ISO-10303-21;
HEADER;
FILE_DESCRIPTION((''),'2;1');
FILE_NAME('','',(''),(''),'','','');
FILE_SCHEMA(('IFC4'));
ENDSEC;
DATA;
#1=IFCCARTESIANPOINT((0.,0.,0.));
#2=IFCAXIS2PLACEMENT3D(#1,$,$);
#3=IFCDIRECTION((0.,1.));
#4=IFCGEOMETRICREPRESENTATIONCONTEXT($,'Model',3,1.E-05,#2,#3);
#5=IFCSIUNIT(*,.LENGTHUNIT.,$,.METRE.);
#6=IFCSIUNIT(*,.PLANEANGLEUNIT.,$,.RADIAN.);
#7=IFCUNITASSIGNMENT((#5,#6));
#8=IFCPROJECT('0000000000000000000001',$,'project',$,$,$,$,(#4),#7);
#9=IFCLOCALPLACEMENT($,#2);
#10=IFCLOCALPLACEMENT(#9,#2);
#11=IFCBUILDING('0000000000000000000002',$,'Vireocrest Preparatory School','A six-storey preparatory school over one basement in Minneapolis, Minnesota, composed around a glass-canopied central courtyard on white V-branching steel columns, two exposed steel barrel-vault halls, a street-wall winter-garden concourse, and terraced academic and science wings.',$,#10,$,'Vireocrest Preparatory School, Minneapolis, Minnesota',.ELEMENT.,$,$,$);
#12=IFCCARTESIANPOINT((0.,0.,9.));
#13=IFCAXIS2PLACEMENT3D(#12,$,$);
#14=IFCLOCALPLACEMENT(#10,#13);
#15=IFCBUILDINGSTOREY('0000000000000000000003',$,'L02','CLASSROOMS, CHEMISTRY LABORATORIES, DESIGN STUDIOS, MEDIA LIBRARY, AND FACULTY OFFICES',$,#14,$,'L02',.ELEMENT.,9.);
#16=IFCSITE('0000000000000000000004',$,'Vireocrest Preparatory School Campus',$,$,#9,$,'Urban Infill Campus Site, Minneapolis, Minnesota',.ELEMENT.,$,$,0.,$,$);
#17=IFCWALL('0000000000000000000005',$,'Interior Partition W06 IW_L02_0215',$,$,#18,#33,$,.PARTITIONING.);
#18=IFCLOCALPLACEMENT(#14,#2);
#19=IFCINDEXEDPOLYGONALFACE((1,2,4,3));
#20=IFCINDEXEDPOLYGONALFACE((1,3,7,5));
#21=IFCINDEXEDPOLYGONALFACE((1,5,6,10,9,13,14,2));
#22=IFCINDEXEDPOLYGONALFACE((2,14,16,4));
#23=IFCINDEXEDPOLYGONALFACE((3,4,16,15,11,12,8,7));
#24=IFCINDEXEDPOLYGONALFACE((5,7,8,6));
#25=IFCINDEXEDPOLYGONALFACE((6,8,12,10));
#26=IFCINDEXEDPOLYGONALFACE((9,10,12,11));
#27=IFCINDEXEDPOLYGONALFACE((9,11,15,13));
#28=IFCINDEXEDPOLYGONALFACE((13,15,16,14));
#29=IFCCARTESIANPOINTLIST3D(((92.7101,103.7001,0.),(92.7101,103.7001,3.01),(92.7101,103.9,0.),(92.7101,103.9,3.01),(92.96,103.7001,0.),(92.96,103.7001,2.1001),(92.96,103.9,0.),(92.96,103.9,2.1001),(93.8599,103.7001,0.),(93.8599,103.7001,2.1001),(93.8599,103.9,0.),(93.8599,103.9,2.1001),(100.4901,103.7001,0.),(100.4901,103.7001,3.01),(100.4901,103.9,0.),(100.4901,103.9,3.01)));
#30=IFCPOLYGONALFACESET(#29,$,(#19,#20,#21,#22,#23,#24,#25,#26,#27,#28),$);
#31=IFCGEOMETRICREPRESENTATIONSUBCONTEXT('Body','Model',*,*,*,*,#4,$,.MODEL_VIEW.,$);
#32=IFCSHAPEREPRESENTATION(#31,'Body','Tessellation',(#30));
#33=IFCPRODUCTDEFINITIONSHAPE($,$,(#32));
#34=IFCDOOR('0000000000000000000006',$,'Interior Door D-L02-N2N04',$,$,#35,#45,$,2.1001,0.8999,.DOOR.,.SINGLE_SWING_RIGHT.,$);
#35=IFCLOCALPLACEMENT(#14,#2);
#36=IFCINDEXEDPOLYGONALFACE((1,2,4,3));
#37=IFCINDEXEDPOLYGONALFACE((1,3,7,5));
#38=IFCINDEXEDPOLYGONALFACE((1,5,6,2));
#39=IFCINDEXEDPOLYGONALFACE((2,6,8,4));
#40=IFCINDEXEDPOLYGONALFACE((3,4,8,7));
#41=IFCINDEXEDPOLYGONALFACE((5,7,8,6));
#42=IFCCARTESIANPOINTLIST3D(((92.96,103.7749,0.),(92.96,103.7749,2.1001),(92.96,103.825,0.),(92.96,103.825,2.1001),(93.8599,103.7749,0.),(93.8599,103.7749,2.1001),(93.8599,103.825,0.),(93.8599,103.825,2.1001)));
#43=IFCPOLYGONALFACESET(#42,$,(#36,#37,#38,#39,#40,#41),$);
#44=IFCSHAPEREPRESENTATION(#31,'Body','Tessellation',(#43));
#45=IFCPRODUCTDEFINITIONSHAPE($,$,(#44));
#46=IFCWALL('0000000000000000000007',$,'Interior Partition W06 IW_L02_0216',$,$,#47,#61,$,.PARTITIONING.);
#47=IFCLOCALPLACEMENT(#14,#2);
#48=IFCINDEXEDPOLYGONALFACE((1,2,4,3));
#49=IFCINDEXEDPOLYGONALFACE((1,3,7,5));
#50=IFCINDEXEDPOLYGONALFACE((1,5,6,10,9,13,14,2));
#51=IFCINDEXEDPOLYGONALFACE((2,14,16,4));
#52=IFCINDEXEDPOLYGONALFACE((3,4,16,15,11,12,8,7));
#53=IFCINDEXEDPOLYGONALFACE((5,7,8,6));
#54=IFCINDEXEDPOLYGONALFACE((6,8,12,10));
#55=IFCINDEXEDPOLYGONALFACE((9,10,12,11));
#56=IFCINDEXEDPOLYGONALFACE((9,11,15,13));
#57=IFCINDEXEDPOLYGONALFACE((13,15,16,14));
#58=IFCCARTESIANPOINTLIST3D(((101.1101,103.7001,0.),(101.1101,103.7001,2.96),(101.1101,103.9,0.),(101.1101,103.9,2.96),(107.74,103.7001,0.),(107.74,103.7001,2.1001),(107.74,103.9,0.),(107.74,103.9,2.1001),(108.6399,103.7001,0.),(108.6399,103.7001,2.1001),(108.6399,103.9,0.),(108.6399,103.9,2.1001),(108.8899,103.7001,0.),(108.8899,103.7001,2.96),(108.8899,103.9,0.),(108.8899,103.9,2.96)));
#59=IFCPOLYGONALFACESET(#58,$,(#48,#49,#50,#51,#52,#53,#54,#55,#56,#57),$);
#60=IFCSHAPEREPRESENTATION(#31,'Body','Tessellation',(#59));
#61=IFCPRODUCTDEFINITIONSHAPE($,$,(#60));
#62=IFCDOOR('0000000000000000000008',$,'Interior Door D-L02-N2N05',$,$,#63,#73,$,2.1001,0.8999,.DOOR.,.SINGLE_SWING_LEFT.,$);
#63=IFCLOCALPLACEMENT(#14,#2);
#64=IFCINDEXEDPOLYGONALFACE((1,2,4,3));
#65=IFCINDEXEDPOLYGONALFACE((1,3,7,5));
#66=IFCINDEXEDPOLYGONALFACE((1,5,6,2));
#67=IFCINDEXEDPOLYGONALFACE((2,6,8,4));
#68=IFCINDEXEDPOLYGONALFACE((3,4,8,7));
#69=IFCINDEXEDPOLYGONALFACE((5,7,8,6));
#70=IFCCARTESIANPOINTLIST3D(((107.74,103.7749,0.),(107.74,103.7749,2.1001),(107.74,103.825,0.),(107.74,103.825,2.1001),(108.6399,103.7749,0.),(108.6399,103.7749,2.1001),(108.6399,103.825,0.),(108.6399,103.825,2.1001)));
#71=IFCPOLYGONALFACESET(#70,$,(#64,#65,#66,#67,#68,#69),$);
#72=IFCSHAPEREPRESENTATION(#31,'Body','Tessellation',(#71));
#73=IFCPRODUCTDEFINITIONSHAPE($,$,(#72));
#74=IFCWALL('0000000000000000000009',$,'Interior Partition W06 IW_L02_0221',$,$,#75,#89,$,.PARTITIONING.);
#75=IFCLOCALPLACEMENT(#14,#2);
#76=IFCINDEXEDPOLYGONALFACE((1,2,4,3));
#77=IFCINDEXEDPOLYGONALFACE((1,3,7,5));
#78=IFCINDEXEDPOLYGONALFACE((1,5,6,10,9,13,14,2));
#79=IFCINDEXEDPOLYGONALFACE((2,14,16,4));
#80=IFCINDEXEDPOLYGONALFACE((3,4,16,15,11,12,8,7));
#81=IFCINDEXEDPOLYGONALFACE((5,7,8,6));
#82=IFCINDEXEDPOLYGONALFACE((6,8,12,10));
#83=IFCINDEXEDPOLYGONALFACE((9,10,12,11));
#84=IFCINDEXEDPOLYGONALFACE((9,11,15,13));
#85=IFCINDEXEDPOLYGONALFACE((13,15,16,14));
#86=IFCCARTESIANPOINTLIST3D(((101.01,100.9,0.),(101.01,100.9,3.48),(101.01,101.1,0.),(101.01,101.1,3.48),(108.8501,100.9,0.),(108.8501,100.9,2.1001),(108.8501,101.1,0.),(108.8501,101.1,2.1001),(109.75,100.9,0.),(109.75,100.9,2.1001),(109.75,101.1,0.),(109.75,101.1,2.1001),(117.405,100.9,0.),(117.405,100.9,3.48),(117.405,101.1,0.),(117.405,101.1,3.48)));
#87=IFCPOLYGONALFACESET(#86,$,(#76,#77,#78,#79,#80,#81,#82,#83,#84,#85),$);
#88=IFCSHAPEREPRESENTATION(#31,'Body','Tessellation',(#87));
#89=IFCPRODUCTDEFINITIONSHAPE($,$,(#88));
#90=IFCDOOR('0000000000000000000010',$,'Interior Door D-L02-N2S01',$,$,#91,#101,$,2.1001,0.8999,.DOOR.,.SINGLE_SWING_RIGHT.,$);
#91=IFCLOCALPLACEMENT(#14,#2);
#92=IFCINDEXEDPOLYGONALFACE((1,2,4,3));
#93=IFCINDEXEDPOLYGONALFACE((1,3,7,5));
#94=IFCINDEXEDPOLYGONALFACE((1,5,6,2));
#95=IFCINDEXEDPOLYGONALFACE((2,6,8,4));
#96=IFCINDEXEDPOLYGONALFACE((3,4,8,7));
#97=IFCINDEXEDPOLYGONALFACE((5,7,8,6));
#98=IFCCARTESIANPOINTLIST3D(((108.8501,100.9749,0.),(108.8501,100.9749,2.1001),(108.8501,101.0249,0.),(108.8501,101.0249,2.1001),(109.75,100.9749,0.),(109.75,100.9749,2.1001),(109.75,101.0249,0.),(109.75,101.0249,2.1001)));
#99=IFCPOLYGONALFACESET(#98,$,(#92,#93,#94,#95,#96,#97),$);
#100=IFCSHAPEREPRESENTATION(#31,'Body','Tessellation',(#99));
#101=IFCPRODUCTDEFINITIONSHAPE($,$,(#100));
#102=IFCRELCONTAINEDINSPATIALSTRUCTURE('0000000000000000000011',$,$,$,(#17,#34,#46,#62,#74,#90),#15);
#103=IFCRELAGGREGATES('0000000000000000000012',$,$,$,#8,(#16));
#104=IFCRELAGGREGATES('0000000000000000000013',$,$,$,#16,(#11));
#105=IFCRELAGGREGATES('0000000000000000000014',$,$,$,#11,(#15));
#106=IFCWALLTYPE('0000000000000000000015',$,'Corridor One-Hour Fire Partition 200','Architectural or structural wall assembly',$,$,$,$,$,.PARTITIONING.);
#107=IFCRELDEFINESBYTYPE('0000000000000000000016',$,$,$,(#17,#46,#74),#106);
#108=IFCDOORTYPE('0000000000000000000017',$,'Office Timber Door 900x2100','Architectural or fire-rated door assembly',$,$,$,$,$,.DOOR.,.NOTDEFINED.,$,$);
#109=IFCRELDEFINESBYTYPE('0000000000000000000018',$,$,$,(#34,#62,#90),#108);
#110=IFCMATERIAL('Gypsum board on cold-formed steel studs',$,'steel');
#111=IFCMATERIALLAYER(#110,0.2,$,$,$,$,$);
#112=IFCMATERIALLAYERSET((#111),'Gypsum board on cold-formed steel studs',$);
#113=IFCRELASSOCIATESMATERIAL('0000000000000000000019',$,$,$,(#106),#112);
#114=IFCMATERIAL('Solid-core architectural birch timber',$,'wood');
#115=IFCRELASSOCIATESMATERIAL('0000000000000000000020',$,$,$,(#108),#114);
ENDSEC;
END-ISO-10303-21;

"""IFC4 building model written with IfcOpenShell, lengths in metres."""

from ifc_helpers import new_model, si_unit, direction, frame, frame_2d, origin, place, context, subcontext, project, spatial, rectangle, extrude, material, layer, layer_set, type_object, element, fill, save


model = new_model("IFC4")

# Units and contexts
model_context = context("Model", 3, precision=1e-05, world=origin(), true_north=direction((0.0, 1.0)))
body_context = subcontext(model_context, "Body", "Model", "MODEL_VIEW")
ifc_project = project(units=[si_unit("LENGTHUNIT", "METRE"), si_unit("PLANEANGLEUNIT", "RADIAN")], contexts=[model_context])

# Site, building, storey
site_placement = place(None, origin())
site = spatial("IfcSite", under=ifc_project, at=site_placement, Name="Vireocrest Preparatory School Campus", LongName="Urban Infill Campus Site, Minneapolis, Minnesota", CompositionType="ELEMENT", RefElevation=0.0)
building_placement = place(site_placement, origin())
building = spatial("IfcBuilding", under=site, at=building_placement, Name="Vireocrest Preparatory School", Description="A six-storey preparatory school over one basement in Minneapolis, Minnesota, composed around a glass-canopied central courtyard on white V-branching steel columns, two exposed steel barrel-vault halls, a street-wall winter-garden concourse, and terraced academic and science wings.", LongName="Vireocrest Preparatory School, Minneapolis, Minnesota", CompositionType="ELEMENT")
storey_placement = place(building_placement, frame((0.0, 0.0, 9.0)))
storey = spatial("IfcBuildingStorey", under=building, at=storey_placement, Name="L02", Description="CLASSROOMS, CHEMISTRY LABORATORIES, DESIGN STUDIOS, MEDIA LIBRARY, AND FACULTY OFFICES", LongName="L02", CompositionType="ELEMENT", Elevation=9.0)

# Shared definitions
ifc_material_1 = material(Name="Gypsum board on cold-formed steel studs", Category="steel")

# Walls, openings, doors
ifc_layer_1 = layer(ifc_material_1, 0.2)
ifc_layer_set_1 = layer_set([ifc_layer_1], Name="Gypsum board on cold-formed steel studs")
wall_type_1 = type_object("IfcWallType", Name="Corridor One-Hour Fire Partition 200", Description="Architectural or structural wall assembly", PredefinedType="PARTITIONING", material=ifc_layer_set_1)
wall_1_placement = place(storey_placement, frame((92.71, 103.8, 0.0), z_axis=(0.0, 0.0, 1.0), x_axis=(1.0, 0.0, 0.0)))
wall_1 = element("IfcWall", 1, at=wall_1_placement, inside=storey, type_object=wall_type_1, Name="Interior Partition W06 IW_L02_0215", PredefinedType="PARTITIONING", context=body_context, shape_type="SweptSolid", body=[
    extrude(rectangle(XDim=7.78, YDim=0.2, at=frame_2d((3.8901, 0.0))), origin(), (0.0, 0.0, 1.0), 3.01),
])
opening_1_placement = place(wall_1_placement, frame((0.25, 0.0, 0.0)))
opening_1 = element("IfcOpeningElement", 2, at=opening_1_placement, cuts=wall_1, PredefinedType="OPENING", context=body_context, shape_type="SweptSolid", body=[
    extrude(rectangle(XDim=0.8999, YDim=2.1001, at=frame_2d((0.45, 1.05))), frame((0.0, 0.1099, 0.0), z_axis=(0.0, -1.0, 0.0), x_axis=(1.0, 0.0, 0.0)), (0.0, 0.0, 1.0), 0.22),
])
ifc_material_2 = material(Name="Solid-core architectural birch timber", Category="wood")
door_type = type_object("IfcDoorType", Name="Office Timber Door 900x2100", Description="Architectural or fire-rated door assembly", OperationType="NOTDEFINED", PredefinedType="DOOR", material=ifc_material_2)
door_1_placement = place(opening_1_placement, origin())
door_1 = element("IfcDoor", 3, at=door_1_placement, inside=storey, type_object=door_type, Name="Interior Door D-L02-N2N04", OperationType="SINGLE_SWING_RIGHT", OverallHeight=2.1001, OverallWidth=0.8999, PredefinedType="DOOR", context=body_context, shape_type="SweptSolid", body=[
    extrude(rectangle(XDim=0.8999, YDim=2.1001, at=frame_2d((0.45, 1.05))), frame((0.0, 0.0249, 0.0), z_axis=(0.0, -1.0, 0.0), x_axis=(1.0, 0.0, 0.0)), (0.0, 0.0, 1.0), 0.05),
])
fill(opening_1, door_1)
wall_2_placement = place(storey_placement, frame((101.1101, 103.8, 0.0), z_axis=(0.0, 0.0, 1.0), x_axis=(1.0, 0.0, 0.0)))
wall_2 = element("IfcWall", 4, at=wall_2_placement, inside=storey, type_object=wall_type_1, Name="Interior Partition W06 IW_L02_0216", PredefinedType="PARTITIONING", context=body_context, shape_type="SweptSolid", body=[
    extrude(rectangle(XDim=7.7798, YDim=0.2, at=frame_2d((3.8899, 0.0))), origin(), (0.0, 0.0, 1.0), 2.96),
])
opening_2_placement = place(wall_2_placement, frame((6.6299, 0.0, 0.0)))
opening_2 = element("IfcOpeningElement", 5, at=opening_2_placement, cuts=wall_2, PredefinedType="OPENING", context=body_context, shape_type="SweptSolid", body=[
    extrude(rectangle(XDim=0.8999, YDim=2.1001, at=frame_2d((0.45, 1.05))), frame((0.0, 0.1099, 0.0), z_axis=(0.0, -1.0, 0.0), x_axis=(1.0, 0.0, 0.0)), (0.0, 0.0, 1.0), 0.22),
])
door_2_placement = place(opening_2_placement, origin())
door_2 = element("IfcDoor", 6, at=door_2_placement, inside=storey, type_object=door_type, Name="Interior Door D-L02-N2N05", OperationType="SINGLE_SWING_LEFT", OverallHeight=2.1001, OverallWidth=0.8999, PredefinedType="DOOR", context=body_context, shape_type="SweptSolid", body=[
    extrude(rectangle(XDim=0.8999, YDim=2.1001, at=frame_2d((0.45, 1.05))), frame((0.0, 0.0249, 0.0), z_axis=(0.0, -1.0, 0.0), x_axis=(1.0, 0.0, 0.0)), (0.0, 0.0, 1.0), 0.05),
])
fill(opening_2, door_2)
wall_3_placement = place(storey_placement, frame((101.01, 101.0, 0.0), z_axis=(0.0, 0.0, 1.0), x_axis=(1.0, 0.0, 0.0)))
wall_3 = element("IfcWall", 7, at=wall_3_placement, inside=storey, type_object=wall_type_1, Name="Interior Partition W06 IW_L02_0221", PredefinedType="PARTITIONING", context=body_context, shape_type="SweptSolid", body=[
    extrude(rectangle(XDim=16.395, YDim=0.2, at=frame_2d((8.1975, 0.0))), origin(), (0.0, 0.0, 1.0), 3.48),
])
opening_3_placement = place(wall_3_placement, frame((7.8401, 0.0, 0.0)))
opening_3 = element("IfcOpeningElement", 8, at=opening_3_placement, cuts=wall_3, PredefinedType="OPENING", context=body_context, shape_type="SweptSolid", body=[
    extrude(rectangle(XDim=0.8999, YDim=2.1001, at=frame_2d((0.45, 1.05))), frame((0.0, 0.1099, 0.0), z_axis=(0.0, -1.0, 0.0), x_axis=(1.0, 0.0, 0.0)), (0.0, 0.0, 1.0), 0.22),
])
door_3_placement = place(opening_3_placement, origin())
door_3 = element("IfcDoor", 9, at=door_3_placement, inside=storey, type_object=door_type, Name="Interior Door D-L02-N2S01", OperationType="SINGLE_SWING_RIGHT", OverallHeight=2.1001, OverallWidth=0.8999, PredefinedType="DOOR", context=body_context, shape_type="SweptSolid", body=[
    extrude(rectangle(XDim=0.8999, YDim=2.1001, at=frame_2d((0.45, 1.05))), frame((0.0, 0.0249, 0.0), z_axis=(0.0, -1.0, 0.0), x_axis=(1.0, 0.0, 0.0)), (0.0, 0.0, 1.0), 0.05),
])
fill(opening_3, door_3)

save(model, "model.ifc")
